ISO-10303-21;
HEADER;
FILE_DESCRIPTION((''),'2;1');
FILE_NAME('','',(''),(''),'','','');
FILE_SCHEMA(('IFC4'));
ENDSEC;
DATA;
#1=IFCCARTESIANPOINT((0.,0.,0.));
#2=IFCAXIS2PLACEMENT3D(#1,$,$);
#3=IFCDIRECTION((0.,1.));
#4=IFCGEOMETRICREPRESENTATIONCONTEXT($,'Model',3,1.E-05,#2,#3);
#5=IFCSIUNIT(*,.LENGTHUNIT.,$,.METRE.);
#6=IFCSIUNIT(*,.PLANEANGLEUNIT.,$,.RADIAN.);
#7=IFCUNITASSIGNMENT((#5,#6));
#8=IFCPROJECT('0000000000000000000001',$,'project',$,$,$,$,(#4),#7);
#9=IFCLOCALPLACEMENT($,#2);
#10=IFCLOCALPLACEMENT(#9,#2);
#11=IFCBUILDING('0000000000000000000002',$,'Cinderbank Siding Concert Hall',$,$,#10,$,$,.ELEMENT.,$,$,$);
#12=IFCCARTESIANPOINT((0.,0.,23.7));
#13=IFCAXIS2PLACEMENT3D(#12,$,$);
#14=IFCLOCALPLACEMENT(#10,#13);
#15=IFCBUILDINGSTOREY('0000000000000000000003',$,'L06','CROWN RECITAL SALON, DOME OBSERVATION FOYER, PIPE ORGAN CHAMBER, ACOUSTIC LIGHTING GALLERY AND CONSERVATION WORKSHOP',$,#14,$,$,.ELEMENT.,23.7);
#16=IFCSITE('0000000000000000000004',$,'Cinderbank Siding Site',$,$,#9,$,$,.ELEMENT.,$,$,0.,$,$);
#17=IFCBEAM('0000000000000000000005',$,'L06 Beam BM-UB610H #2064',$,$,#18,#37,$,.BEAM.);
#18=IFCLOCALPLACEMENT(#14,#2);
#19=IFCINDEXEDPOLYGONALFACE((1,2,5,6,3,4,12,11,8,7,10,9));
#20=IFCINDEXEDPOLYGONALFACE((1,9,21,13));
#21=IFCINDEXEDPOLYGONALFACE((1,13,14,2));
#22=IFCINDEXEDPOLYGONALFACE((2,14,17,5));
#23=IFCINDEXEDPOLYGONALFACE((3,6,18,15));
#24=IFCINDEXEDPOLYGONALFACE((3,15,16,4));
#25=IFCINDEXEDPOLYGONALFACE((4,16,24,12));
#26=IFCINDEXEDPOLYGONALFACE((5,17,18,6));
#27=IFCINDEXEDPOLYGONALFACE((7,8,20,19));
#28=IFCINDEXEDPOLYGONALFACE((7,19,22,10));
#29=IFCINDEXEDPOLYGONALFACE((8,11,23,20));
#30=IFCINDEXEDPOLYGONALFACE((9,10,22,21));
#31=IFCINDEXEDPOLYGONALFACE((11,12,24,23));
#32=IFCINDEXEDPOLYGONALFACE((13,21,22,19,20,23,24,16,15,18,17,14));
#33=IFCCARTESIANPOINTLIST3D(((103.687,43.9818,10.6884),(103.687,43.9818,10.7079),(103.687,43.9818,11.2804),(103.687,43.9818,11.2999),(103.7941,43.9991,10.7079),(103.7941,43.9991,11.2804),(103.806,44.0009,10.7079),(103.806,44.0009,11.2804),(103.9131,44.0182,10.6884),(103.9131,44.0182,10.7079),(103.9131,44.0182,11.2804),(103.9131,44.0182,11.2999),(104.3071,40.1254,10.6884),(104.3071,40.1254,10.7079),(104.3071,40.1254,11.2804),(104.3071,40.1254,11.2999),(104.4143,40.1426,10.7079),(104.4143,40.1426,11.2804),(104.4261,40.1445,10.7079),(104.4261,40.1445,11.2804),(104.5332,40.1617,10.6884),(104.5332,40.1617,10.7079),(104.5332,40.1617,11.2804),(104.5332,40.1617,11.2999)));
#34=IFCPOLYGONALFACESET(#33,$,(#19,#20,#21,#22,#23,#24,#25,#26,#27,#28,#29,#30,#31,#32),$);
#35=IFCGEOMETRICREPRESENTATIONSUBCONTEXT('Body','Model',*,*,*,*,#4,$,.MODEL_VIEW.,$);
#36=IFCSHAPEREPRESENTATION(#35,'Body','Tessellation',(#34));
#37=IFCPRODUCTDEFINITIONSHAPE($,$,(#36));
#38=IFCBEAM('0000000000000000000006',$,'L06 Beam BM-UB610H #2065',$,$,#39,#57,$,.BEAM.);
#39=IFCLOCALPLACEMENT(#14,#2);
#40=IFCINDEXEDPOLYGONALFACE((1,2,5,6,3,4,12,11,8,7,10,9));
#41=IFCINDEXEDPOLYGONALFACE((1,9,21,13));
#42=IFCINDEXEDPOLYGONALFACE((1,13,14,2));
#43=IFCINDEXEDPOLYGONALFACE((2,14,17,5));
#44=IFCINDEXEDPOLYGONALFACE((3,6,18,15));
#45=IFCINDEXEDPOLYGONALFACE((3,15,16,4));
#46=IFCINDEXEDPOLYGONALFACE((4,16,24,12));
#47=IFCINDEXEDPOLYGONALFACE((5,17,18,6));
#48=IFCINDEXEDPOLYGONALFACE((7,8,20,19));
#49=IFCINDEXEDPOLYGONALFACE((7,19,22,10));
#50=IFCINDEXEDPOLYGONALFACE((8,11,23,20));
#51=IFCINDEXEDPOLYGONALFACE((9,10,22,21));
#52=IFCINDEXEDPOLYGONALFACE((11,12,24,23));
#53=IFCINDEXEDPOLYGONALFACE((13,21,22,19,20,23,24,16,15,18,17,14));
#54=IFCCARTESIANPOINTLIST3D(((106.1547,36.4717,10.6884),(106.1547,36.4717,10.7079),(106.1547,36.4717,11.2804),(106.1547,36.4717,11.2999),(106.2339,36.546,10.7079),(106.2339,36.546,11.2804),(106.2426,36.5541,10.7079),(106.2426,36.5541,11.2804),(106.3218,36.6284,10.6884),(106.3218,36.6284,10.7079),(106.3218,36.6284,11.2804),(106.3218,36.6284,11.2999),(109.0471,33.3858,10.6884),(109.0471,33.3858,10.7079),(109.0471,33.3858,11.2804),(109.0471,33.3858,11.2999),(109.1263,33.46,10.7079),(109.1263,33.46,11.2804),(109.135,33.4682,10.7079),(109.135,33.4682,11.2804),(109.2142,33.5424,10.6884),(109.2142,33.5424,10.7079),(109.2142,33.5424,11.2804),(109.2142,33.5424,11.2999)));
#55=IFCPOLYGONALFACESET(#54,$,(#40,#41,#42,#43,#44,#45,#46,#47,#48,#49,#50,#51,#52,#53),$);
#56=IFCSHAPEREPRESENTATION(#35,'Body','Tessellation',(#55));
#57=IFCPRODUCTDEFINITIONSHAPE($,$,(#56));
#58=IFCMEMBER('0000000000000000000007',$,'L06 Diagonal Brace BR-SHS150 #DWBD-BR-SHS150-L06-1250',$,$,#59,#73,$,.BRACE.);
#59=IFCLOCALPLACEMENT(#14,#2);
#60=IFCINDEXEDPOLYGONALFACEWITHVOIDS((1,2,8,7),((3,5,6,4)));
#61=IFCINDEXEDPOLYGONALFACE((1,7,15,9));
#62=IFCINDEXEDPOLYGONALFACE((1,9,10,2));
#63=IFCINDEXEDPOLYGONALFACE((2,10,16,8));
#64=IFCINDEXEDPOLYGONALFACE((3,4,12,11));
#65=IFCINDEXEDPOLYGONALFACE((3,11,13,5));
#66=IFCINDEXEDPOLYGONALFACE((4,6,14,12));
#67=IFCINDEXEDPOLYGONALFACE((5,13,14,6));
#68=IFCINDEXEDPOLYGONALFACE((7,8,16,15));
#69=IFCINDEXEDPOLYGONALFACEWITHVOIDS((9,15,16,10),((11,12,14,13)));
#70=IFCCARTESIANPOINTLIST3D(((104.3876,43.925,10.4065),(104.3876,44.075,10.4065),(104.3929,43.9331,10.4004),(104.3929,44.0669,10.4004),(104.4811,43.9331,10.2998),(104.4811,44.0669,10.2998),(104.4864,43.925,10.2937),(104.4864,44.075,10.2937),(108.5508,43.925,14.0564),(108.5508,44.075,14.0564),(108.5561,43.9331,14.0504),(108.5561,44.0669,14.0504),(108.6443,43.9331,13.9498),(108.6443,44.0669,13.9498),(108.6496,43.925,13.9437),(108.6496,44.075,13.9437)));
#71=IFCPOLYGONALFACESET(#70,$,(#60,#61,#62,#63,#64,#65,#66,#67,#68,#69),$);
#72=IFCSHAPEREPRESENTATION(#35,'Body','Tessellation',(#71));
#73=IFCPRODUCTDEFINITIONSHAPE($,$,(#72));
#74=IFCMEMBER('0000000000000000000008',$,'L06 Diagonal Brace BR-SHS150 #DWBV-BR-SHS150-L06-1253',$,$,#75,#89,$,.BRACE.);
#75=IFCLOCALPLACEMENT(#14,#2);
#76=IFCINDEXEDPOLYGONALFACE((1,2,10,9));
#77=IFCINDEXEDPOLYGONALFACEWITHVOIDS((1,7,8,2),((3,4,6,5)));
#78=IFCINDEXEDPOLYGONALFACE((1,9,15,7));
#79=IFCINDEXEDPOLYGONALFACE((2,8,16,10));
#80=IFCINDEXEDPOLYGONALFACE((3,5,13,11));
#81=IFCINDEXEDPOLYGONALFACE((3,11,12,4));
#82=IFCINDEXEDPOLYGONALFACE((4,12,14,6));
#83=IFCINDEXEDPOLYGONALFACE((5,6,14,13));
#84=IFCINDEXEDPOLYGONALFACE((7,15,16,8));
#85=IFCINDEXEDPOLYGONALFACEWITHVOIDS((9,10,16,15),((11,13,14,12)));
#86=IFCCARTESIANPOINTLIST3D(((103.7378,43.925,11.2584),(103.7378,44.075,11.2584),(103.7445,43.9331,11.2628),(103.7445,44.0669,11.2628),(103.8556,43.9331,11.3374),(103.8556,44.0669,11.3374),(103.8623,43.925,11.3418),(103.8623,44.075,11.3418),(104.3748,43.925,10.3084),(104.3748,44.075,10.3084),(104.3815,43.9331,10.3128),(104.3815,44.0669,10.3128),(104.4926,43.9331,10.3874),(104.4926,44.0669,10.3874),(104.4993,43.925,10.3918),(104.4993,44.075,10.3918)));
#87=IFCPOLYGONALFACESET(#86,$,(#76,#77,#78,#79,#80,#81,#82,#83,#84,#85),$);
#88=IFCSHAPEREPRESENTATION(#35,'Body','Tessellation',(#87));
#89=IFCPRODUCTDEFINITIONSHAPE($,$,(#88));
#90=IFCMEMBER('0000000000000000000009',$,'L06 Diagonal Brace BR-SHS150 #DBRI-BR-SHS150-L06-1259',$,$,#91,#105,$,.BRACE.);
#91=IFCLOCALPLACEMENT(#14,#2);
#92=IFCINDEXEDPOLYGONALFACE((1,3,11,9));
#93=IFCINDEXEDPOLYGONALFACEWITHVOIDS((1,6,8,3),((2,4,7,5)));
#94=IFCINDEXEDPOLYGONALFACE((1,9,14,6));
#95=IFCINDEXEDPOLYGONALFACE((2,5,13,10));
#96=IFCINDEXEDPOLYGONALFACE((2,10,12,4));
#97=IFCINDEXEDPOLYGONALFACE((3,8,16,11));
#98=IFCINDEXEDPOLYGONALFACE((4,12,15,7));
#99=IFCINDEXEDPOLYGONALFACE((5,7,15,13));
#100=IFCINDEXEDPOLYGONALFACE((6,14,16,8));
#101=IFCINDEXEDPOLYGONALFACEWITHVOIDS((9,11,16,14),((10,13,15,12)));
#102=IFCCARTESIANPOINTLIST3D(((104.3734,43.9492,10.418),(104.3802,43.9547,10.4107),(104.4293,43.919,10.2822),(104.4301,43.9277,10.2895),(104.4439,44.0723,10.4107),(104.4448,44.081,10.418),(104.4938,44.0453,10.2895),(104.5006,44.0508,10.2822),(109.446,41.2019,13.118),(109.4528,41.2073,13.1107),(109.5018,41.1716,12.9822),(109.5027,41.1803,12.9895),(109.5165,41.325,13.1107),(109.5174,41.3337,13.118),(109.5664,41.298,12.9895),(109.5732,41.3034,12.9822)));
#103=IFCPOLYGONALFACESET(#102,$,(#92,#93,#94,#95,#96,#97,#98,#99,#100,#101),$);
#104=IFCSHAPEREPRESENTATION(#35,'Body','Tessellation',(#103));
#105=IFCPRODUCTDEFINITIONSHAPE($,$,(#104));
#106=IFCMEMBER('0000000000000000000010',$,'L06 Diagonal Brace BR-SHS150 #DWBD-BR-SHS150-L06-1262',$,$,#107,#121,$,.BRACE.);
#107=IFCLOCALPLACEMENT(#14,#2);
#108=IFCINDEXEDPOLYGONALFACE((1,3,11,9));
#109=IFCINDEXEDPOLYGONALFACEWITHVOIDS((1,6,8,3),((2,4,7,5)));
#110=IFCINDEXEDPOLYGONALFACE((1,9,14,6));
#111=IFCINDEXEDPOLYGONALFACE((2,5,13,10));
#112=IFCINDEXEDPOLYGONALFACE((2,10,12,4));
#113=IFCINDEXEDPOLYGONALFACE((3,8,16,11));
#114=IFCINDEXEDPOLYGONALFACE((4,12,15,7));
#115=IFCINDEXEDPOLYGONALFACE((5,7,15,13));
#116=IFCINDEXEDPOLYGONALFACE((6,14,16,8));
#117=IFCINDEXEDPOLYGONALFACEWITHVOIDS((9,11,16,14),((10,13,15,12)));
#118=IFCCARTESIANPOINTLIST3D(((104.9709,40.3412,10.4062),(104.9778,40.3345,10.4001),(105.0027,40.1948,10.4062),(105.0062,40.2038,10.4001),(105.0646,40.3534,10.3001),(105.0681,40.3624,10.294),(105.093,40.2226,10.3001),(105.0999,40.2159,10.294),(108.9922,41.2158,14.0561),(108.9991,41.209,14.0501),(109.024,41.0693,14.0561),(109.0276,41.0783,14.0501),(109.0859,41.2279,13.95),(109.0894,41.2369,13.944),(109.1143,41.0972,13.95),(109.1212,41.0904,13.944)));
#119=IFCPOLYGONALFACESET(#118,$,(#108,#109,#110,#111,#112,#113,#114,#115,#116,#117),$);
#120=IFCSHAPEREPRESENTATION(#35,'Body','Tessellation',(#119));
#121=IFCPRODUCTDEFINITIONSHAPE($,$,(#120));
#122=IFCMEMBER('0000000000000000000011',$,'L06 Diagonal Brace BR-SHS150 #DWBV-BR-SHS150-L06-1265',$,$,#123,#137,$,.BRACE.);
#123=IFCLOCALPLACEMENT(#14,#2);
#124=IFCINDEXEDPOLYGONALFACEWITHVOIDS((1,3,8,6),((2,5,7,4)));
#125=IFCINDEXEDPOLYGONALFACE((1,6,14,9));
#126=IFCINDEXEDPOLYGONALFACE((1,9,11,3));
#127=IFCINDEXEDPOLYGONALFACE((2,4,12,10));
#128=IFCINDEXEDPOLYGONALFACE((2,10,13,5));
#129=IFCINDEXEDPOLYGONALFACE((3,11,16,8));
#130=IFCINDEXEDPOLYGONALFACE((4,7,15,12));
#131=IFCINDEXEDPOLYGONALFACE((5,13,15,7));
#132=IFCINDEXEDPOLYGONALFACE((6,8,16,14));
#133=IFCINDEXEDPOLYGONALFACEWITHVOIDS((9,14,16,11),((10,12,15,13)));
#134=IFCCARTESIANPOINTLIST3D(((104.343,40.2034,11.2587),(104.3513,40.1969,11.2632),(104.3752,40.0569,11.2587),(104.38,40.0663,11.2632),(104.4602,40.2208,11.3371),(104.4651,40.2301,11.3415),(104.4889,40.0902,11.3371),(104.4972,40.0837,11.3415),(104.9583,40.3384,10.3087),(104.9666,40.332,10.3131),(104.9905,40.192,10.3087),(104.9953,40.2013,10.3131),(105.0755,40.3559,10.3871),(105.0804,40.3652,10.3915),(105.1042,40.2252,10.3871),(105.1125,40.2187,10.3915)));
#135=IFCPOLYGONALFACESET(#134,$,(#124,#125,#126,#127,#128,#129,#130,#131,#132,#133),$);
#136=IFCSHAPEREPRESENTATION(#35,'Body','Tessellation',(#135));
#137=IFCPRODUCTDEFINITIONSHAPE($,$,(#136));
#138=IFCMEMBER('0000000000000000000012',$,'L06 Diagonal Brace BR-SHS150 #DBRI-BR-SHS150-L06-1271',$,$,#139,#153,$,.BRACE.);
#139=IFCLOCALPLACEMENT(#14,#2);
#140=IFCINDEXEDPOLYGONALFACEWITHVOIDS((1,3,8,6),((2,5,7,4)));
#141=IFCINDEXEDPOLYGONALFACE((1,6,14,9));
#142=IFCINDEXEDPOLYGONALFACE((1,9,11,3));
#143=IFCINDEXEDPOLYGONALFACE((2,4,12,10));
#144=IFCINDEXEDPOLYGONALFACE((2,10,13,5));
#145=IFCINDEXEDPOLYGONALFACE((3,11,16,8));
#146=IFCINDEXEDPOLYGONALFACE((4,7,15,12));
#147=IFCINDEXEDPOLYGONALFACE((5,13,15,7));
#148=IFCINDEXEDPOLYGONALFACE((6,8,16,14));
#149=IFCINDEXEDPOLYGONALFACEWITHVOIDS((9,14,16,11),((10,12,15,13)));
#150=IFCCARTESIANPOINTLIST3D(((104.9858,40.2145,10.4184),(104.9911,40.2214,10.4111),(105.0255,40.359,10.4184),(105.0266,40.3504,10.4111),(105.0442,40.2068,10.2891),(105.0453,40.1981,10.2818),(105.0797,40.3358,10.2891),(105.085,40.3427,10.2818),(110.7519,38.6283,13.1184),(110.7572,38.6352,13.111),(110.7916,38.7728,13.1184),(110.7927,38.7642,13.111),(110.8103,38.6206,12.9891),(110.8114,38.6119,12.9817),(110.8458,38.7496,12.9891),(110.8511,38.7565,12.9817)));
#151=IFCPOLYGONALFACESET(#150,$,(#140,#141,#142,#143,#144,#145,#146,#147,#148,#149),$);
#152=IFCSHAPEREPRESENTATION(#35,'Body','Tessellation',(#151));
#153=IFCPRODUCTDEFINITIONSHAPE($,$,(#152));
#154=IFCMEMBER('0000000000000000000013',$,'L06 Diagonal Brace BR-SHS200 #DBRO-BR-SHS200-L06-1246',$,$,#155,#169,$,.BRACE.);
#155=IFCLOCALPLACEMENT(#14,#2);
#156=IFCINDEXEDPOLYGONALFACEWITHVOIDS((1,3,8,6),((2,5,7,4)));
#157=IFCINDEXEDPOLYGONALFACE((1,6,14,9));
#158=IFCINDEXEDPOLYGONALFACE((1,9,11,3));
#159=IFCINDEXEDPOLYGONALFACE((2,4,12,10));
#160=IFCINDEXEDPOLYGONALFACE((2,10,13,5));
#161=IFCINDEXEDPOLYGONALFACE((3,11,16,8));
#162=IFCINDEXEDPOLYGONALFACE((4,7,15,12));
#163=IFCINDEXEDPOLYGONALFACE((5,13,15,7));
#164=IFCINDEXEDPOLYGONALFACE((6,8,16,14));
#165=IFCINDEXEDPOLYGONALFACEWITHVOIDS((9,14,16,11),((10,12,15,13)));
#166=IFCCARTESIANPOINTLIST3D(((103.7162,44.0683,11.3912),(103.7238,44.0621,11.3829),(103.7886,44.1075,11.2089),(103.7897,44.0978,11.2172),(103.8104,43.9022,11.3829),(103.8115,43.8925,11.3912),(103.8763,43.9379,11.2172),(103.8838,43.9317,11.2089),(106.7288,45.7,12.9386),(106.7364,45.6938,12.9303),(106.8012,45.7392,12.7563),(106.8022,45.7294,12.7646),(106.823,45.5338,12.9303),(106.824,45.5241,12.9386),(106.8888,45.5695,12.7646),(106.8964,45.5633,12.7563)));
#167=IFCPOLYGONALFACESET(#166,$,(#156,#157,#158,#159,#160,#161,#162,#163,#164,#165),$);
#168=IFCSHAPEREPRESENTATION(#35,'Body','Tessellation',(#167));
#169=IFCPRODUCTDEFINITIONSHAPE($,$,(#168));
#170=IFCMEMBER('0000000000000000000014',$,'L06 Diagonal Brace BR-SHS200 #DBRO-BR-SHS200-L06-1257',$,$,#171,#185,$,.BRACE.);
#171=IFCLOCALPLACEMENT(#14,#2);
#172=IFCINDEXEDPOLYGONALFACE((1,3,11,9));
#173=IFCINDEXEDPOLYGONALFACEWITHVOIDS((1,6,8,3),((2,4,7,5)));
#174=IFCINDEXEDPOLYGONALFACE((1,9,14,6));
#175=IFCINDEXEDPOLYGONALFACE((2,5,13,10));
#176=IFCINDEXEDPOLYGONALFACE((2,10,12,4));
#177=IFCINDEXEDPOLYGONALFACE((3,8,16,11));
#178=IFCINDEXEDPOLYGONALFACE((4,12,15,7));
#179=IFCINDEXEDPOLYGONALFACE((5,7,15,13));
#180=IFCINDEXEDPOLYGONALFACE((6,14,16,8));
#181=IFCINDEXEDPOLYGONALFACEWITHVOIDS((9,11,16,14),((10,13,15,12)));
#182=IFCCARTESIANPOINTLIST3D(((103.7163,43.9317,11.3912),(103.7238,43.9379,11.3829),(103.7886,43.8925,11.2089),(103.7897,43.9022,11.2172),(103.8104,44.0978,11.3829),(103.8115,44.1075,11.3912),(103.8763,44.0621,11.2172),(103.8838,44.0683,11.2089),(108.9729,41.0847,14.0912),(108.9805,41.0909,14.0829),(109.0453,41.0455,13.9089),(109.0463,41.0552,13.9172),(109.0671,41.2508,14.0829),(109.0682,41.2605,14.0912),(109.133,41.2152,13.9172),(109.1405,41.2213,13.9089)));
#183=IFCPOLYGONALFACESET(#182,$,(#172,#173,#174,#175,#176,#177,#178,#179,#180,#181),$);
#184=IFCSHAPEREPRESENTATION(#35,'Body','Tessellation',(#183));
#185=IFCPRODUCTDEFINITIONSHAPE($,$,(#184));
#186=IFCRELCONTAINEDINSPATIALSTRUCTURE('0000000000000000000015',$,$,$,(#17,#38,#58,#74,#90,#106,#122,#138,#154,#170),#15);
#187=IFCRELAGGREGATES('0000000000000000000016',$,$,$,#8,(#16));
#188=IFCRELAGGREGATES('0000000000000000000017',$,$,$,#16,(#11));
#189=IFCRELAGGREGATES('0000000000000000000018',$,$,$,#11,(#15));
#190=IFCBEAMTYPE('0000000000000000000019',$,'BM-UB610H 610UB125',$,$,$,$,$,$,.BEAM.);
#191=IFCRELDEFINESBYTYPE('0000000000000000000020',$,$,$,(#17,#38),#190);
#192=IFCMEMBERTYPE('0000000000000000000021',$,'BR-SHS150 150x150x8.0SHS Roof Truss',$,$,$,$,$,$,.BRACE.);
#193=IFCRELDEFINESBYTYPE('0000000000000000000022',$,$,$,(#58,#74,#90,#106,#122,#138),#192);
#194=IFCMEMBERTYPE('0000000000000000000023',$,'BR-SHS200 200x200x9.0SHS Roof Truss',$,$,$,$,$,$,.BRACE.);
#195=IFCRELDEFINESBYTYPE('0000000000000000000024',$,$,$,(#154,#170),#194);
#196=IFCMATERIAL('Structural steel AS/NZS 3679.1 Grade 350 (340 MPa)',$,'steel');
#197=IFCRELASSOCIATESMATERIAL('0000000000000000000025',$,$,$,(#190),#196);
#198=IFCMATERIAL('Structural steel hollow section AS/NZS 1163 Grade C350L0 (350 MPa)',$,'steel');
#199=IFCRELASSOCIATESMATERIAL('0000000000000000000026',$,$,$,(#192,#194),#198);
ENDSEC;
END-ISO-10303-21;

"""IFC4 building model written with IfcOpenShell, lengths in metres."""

from ifc_helpers import new_model, si_unit, direction, frame, origin, origin_2d, place, context, subcontext, project, spatial, hollow_rectangle, i_section, extrude, material, material_profile, profile_set, type_object, element, save


model = new_model("IFC4")

# Units and contexts
model_context = context("Model", 3, precision=1e-05, world=origin(), true_north=direction((0.0, 1.0)))
body_context = subcontext(model_context, "Body", "Model", "MODEL_VIEW")
ifc_project = project(units=[si_unit("LENGTHUNIT", "METRE"), si_unit("PLANEANGLEUNIT", "RADIAN")], contexts=[model_context])

# Site, building, storey
site_placement = place(None, origin())
site = spatial("IfcSite", under=ifc_project, at=site_placement, Name="Cinderbank Siding Site", CompositionType="ELEMENT", RefElevation=0.0)
building_placement = place(site_placement, origin())
building = spatial("IfcBuilding", under=site, at=building_placement, Name="Cinderbank Siding Concert Hall", CompositionType="ELEMENT")
storey_placement = place(building_placement, frame((0.0, 0.0, 23.7)))
storey = spatial("IfcBuildingStorey", under=building, at=storey_placement, Name="L06", Description="CROWN RECITAL SALON, DOME OBSERVATION FOYER, PIPE ORGAN CHAMBER, ACOUSTIC LIGHTING GALLERY AND CONSERVATION WORKSHOP", CompositionType="ELEMENT", Elevation=23.7)

# Beams
ifc_material_1 = material(Name="Structural steel AS/NZS 3679.1 Grade 350 (340 MPa)", Category="steel")
ifc_material_profile_1 = material_profile(ifc_material_1, i_section(OverallWidth=0.229, OverallDepth=0.6116, WebThickness=0.012, FlangeThickness=0.0195, at=origin_2d()), Name="610UB125", Category="LoadBearing")
ifc_profile_set_1 = profile_set([ifc_material_profile_1], Name="Structural steel AS/NZS 3679.1 Grade 350 (340 MPa)")
beam_type = type_object("IfcBeamType", Name="BM-UB610H 610UB125", PredefinedType="BEAM", material=ifc_profile_set_1)
beam_1_placement = place(storey_placement, frame((103.8, 44.0, 10.9941), z_axis=(0.158761, -0.987317, 0.0), x_axis=(0.987317, 0.158761, 0.0)))
element("IfcBeam", 1, at=beam_1_placement, inside=storey, type_object=beam_type, Name="L06 Beam BM-UB610H #2064", PredefinedType="BEAM", context=body_context, shape_type="SweptSolid", body=[
    extrude(i_section(OverallWidth=0.229, OverallDepth=0.6116, WebThickness=0.012, FlangeThickness=0.0195, at=origin_2d()), origin(), (0.0, 0.0, 1.0), 3.906),
])
beam_2_placement = place(storey_placement, frame((106.2383, 36.55, 10.9941), z_axis=(0.683849, -0.729624, 0.0), x_axis=(0.729624, 0.683849, 0.0)))
element("IfcBeam", 2, at=beam_2_placement, inside=storey, type_object=beam_type, Name="L06 Beam BM-UB610H #2065", PredefinedType="BEAM", context=body_context, shape_type="SweptSolid", body=[
    extrude(i_section(OverallWidth=0.229, OverallDepth=0.6116, WebThickness=0.012, FlangeThickness=0.0195, at=origin_2d()), origin(), (0.0, 0.0, 1.0), 4.2295),
])

# Members
ifc_material_2 = material(Name="Structural steel hollow section AS/NZS 1163 Grade C350L0 (350 MPa)", Category="steel")
ifc_material_profile_2 = material_profile(ifc_material_2, hollow_rectangle(XDim=0.1499, YDim=0.1499, WallThickness=0.0081, at=origin_2d()), Name="150x150x8.0SHS", Category="LoadBearing")
ifc_profile_set_2 = profile_set([ifc_material_profile_2], Name="Structural steel hollow section AS/NZS 1163 Grade C350L0 (350 MPa)")
member_type_1 = type_object("IfcMemberType", Name="BR-SHS150 150x150x8.0SHS Roof Truss", PredefinedType="BRACE", material=ifc_profile_set_2)
member_1_placement = place(storey_placement, frame((104.437, 44.0, 10.3501), z_axis=(0.751932, 0.0, 0.659241), x_axis=(0.0, 1.0, 0.0)))
element("IfcMember", 3, at=member_1_placement, inside=storey, type_object=member_type_1, Name="L06 Diagonal Brace BR-SHS150 #DWBD-BR-SHS150-L06-1250", PredefinedType="BRACE", context=body_context, shape_type="SweptSolid", body=[
    extrude(hollow_rectangle(XDim=0.1499, YDim=0.1499, WallThickness=0.0081, at=origin_2d()), origin(), (0.0, 0.0, 1.0), 5.5366),
])
member_2_placement = place(storey_placement, frame((104.437, 44.0, 10.3501), z_axis=(-0.556915, 0.0, 0.83057), x_axis=(0.0, -1.0, 0.0)))
element("IfcMember", 4, at=member_2_placement, inside=storey, type_object=member_type_1, Name="L06 Diagonal Brace BR-SHS150 #DWBV-BR-SHS150-L06-1253", PredefinedType="BRACE", context=body_context, shape_type="SweptSolid", body=[
    extrude(hollow_rectangle(XDim=0.1499, YDim=0.1499, WallThickness=0.0081, at=origin_2d()), origin(), (0.0, 0.0, 1.0), 1.1438),
])
member_3_placement = place(storey_placement, frame((104.437, 44.0, 10.3501), z_axis=(0.796401, -0.431338, 0.423902), x_axis=(0.476244, 0.879313, 0.0)))
element("IfcMember", 5, at=member_3_placement, inside=storey, type_object=member_type_1, Name="L06 Diagonal Brace BR-SHS150 #DBRI-BR-SHS150-L06-1259", PredefinedType="BRACE", context=body_context, shape_type="SweptSolid", body=[
    extrude(hollow_rectangle(XDim=0.1499, YDim=0.1499, WallThickness=0.0081, at=origin_2d()), origin(), (0.0, 0.0, 1.0), 6.3694),
])
member_4_placement = place(storey_placement, frame((105.0354, 40.2786, 10.3501), z_axis=(0.731051, 0.158984, 0.663543), x_axis=(-0.212506, 0.97716, 0.0)))
element("IfcMember", 6, at=member_4_placement, inside=storey, type_object=member_type_1, Name="L06 Diagonal Brace BR-SHS150 #DWBD-BR-SHS150-L06-1262", PredefinedType="BRACE", context=body_context, shape_type="SweptSolid", body=[
    extrude(hollow_rectangle(XDim=0.1499, YDim=0.1499, WallThickness=0.0081, at=origin_2d()), origin(), (0.0, 0.0, 1.0), 5.5007),
])
member_5_placement = place(storey_placement, frame((105.0354, 40.2786, 10.3501), z_axis=(-0.539773, -0.11845, 0.833435), x_axis=(0.214344, -0.976758, 0.0)))
element("IfcMember", 7, at=member_5_placement, inside=storey, type_object=member_type_1, Name="L06 Diagonal Brace BR-SHS150 #DWBV-BR-SHS150-L06-1265", PredefinedType="BRACE", context=body_context, shape_type="SweptSolid", body=[
    extrude(hollow_rectangle(XDim=0.1499, YDim=0.1499, WallThickness=0.0081, at=origin_2d()), origin(), (0.0, 0.0, 1.0), 1.1399),
])
member_6_placement = place(storey_placement, frame((105.0354, 40.2786, 10.3501), z_axis=(0.878775, -0.241739, 0.411481), x_axis=(0.265234, 0.964184, 0.0)))
element("IfcMember", 8, at=member_6_placement, inside=storey, type_object=member_type_1, Name="L06 Diagonal Brace BR-SHS150 #DBRI-BR-SHS150-L06-1271", PredefinedType="BRACE", context=body_context, shape_type="SweptSolid", body=[
    extrude(hollow_rectangle(XDim=0.1499, YDim=0.1499, WallThickness=0.0081, at=origin_2d()), origin(), (0.0, 0.0, 1.0), 6.5615),
])
ifc_material_profile_3 = material_profile(ifc_material_2, hollow_rectangle(XDim=0.2, YDim=0.2, WallThickness=0.009, at=origin_2d()), Name="200x200x9.0SHS", Category="LoadBearing")
ifc_profile_set_3 = profile_set([ifc_material_profile_3], Name="Structural steel hollow section AS/NZS 1163 Grade C350L0 (350 MPa)")
member_type_2 = type_object("IfcMemberType", Name="BR-SHS200 200x200x9.0SHS Roof Truss", PredefinedType="BRACE", material=ifc_profile_set_3)
member_7_placement = place(storey_placement, frame((103.8, 44.0, 11.3), z_axis=(0.801363, 0.434031, 0.411625), x_axis=(-0.476249, 0.879311, 0.0)))
element("IfcMember", 9, at=member_7_placement, inside=storey, type_object=member_type_2, Name="L06 Diagonal Brace BR-SHS200 #DBRO-BR-SHS200-L06-1246", PredefinedType="BRACE", context=body_context, shape_type="SweptSolid", body=[
    extrude(hollow_rectangle(XDim=0.2, YDim=0.2, WallThickness=0.009, at=origin_2d()), origin(), (0.0, 0.0, 1.0), 3.7593),
])
member_8_placement = place(storey_placement, frame((103.8, 44.0, 11.3), z_axis=(0.801376, -0.434018, 0.411612), x_axis=(0.476232, 0.87932, 0.0)))
element("IfcMember", 10, at=member_8_placement, inside=storey, type_object=member_type_2, Name="L06 Diagonal Brace BR-SHS200 #DBRO-BR-SHS200-L06-1257", PredefinedType="BRACE", context=body_context, shape_type="SweptSolid", body=[
    extrude(hollow_rectangle(XDim=0.2, YDim=0.2, WallThickness=0.009, at=origin_2d()), origin(), (0.0, 0.0, 1.0), 6.5596),
])

save(model, "model.ifc")
